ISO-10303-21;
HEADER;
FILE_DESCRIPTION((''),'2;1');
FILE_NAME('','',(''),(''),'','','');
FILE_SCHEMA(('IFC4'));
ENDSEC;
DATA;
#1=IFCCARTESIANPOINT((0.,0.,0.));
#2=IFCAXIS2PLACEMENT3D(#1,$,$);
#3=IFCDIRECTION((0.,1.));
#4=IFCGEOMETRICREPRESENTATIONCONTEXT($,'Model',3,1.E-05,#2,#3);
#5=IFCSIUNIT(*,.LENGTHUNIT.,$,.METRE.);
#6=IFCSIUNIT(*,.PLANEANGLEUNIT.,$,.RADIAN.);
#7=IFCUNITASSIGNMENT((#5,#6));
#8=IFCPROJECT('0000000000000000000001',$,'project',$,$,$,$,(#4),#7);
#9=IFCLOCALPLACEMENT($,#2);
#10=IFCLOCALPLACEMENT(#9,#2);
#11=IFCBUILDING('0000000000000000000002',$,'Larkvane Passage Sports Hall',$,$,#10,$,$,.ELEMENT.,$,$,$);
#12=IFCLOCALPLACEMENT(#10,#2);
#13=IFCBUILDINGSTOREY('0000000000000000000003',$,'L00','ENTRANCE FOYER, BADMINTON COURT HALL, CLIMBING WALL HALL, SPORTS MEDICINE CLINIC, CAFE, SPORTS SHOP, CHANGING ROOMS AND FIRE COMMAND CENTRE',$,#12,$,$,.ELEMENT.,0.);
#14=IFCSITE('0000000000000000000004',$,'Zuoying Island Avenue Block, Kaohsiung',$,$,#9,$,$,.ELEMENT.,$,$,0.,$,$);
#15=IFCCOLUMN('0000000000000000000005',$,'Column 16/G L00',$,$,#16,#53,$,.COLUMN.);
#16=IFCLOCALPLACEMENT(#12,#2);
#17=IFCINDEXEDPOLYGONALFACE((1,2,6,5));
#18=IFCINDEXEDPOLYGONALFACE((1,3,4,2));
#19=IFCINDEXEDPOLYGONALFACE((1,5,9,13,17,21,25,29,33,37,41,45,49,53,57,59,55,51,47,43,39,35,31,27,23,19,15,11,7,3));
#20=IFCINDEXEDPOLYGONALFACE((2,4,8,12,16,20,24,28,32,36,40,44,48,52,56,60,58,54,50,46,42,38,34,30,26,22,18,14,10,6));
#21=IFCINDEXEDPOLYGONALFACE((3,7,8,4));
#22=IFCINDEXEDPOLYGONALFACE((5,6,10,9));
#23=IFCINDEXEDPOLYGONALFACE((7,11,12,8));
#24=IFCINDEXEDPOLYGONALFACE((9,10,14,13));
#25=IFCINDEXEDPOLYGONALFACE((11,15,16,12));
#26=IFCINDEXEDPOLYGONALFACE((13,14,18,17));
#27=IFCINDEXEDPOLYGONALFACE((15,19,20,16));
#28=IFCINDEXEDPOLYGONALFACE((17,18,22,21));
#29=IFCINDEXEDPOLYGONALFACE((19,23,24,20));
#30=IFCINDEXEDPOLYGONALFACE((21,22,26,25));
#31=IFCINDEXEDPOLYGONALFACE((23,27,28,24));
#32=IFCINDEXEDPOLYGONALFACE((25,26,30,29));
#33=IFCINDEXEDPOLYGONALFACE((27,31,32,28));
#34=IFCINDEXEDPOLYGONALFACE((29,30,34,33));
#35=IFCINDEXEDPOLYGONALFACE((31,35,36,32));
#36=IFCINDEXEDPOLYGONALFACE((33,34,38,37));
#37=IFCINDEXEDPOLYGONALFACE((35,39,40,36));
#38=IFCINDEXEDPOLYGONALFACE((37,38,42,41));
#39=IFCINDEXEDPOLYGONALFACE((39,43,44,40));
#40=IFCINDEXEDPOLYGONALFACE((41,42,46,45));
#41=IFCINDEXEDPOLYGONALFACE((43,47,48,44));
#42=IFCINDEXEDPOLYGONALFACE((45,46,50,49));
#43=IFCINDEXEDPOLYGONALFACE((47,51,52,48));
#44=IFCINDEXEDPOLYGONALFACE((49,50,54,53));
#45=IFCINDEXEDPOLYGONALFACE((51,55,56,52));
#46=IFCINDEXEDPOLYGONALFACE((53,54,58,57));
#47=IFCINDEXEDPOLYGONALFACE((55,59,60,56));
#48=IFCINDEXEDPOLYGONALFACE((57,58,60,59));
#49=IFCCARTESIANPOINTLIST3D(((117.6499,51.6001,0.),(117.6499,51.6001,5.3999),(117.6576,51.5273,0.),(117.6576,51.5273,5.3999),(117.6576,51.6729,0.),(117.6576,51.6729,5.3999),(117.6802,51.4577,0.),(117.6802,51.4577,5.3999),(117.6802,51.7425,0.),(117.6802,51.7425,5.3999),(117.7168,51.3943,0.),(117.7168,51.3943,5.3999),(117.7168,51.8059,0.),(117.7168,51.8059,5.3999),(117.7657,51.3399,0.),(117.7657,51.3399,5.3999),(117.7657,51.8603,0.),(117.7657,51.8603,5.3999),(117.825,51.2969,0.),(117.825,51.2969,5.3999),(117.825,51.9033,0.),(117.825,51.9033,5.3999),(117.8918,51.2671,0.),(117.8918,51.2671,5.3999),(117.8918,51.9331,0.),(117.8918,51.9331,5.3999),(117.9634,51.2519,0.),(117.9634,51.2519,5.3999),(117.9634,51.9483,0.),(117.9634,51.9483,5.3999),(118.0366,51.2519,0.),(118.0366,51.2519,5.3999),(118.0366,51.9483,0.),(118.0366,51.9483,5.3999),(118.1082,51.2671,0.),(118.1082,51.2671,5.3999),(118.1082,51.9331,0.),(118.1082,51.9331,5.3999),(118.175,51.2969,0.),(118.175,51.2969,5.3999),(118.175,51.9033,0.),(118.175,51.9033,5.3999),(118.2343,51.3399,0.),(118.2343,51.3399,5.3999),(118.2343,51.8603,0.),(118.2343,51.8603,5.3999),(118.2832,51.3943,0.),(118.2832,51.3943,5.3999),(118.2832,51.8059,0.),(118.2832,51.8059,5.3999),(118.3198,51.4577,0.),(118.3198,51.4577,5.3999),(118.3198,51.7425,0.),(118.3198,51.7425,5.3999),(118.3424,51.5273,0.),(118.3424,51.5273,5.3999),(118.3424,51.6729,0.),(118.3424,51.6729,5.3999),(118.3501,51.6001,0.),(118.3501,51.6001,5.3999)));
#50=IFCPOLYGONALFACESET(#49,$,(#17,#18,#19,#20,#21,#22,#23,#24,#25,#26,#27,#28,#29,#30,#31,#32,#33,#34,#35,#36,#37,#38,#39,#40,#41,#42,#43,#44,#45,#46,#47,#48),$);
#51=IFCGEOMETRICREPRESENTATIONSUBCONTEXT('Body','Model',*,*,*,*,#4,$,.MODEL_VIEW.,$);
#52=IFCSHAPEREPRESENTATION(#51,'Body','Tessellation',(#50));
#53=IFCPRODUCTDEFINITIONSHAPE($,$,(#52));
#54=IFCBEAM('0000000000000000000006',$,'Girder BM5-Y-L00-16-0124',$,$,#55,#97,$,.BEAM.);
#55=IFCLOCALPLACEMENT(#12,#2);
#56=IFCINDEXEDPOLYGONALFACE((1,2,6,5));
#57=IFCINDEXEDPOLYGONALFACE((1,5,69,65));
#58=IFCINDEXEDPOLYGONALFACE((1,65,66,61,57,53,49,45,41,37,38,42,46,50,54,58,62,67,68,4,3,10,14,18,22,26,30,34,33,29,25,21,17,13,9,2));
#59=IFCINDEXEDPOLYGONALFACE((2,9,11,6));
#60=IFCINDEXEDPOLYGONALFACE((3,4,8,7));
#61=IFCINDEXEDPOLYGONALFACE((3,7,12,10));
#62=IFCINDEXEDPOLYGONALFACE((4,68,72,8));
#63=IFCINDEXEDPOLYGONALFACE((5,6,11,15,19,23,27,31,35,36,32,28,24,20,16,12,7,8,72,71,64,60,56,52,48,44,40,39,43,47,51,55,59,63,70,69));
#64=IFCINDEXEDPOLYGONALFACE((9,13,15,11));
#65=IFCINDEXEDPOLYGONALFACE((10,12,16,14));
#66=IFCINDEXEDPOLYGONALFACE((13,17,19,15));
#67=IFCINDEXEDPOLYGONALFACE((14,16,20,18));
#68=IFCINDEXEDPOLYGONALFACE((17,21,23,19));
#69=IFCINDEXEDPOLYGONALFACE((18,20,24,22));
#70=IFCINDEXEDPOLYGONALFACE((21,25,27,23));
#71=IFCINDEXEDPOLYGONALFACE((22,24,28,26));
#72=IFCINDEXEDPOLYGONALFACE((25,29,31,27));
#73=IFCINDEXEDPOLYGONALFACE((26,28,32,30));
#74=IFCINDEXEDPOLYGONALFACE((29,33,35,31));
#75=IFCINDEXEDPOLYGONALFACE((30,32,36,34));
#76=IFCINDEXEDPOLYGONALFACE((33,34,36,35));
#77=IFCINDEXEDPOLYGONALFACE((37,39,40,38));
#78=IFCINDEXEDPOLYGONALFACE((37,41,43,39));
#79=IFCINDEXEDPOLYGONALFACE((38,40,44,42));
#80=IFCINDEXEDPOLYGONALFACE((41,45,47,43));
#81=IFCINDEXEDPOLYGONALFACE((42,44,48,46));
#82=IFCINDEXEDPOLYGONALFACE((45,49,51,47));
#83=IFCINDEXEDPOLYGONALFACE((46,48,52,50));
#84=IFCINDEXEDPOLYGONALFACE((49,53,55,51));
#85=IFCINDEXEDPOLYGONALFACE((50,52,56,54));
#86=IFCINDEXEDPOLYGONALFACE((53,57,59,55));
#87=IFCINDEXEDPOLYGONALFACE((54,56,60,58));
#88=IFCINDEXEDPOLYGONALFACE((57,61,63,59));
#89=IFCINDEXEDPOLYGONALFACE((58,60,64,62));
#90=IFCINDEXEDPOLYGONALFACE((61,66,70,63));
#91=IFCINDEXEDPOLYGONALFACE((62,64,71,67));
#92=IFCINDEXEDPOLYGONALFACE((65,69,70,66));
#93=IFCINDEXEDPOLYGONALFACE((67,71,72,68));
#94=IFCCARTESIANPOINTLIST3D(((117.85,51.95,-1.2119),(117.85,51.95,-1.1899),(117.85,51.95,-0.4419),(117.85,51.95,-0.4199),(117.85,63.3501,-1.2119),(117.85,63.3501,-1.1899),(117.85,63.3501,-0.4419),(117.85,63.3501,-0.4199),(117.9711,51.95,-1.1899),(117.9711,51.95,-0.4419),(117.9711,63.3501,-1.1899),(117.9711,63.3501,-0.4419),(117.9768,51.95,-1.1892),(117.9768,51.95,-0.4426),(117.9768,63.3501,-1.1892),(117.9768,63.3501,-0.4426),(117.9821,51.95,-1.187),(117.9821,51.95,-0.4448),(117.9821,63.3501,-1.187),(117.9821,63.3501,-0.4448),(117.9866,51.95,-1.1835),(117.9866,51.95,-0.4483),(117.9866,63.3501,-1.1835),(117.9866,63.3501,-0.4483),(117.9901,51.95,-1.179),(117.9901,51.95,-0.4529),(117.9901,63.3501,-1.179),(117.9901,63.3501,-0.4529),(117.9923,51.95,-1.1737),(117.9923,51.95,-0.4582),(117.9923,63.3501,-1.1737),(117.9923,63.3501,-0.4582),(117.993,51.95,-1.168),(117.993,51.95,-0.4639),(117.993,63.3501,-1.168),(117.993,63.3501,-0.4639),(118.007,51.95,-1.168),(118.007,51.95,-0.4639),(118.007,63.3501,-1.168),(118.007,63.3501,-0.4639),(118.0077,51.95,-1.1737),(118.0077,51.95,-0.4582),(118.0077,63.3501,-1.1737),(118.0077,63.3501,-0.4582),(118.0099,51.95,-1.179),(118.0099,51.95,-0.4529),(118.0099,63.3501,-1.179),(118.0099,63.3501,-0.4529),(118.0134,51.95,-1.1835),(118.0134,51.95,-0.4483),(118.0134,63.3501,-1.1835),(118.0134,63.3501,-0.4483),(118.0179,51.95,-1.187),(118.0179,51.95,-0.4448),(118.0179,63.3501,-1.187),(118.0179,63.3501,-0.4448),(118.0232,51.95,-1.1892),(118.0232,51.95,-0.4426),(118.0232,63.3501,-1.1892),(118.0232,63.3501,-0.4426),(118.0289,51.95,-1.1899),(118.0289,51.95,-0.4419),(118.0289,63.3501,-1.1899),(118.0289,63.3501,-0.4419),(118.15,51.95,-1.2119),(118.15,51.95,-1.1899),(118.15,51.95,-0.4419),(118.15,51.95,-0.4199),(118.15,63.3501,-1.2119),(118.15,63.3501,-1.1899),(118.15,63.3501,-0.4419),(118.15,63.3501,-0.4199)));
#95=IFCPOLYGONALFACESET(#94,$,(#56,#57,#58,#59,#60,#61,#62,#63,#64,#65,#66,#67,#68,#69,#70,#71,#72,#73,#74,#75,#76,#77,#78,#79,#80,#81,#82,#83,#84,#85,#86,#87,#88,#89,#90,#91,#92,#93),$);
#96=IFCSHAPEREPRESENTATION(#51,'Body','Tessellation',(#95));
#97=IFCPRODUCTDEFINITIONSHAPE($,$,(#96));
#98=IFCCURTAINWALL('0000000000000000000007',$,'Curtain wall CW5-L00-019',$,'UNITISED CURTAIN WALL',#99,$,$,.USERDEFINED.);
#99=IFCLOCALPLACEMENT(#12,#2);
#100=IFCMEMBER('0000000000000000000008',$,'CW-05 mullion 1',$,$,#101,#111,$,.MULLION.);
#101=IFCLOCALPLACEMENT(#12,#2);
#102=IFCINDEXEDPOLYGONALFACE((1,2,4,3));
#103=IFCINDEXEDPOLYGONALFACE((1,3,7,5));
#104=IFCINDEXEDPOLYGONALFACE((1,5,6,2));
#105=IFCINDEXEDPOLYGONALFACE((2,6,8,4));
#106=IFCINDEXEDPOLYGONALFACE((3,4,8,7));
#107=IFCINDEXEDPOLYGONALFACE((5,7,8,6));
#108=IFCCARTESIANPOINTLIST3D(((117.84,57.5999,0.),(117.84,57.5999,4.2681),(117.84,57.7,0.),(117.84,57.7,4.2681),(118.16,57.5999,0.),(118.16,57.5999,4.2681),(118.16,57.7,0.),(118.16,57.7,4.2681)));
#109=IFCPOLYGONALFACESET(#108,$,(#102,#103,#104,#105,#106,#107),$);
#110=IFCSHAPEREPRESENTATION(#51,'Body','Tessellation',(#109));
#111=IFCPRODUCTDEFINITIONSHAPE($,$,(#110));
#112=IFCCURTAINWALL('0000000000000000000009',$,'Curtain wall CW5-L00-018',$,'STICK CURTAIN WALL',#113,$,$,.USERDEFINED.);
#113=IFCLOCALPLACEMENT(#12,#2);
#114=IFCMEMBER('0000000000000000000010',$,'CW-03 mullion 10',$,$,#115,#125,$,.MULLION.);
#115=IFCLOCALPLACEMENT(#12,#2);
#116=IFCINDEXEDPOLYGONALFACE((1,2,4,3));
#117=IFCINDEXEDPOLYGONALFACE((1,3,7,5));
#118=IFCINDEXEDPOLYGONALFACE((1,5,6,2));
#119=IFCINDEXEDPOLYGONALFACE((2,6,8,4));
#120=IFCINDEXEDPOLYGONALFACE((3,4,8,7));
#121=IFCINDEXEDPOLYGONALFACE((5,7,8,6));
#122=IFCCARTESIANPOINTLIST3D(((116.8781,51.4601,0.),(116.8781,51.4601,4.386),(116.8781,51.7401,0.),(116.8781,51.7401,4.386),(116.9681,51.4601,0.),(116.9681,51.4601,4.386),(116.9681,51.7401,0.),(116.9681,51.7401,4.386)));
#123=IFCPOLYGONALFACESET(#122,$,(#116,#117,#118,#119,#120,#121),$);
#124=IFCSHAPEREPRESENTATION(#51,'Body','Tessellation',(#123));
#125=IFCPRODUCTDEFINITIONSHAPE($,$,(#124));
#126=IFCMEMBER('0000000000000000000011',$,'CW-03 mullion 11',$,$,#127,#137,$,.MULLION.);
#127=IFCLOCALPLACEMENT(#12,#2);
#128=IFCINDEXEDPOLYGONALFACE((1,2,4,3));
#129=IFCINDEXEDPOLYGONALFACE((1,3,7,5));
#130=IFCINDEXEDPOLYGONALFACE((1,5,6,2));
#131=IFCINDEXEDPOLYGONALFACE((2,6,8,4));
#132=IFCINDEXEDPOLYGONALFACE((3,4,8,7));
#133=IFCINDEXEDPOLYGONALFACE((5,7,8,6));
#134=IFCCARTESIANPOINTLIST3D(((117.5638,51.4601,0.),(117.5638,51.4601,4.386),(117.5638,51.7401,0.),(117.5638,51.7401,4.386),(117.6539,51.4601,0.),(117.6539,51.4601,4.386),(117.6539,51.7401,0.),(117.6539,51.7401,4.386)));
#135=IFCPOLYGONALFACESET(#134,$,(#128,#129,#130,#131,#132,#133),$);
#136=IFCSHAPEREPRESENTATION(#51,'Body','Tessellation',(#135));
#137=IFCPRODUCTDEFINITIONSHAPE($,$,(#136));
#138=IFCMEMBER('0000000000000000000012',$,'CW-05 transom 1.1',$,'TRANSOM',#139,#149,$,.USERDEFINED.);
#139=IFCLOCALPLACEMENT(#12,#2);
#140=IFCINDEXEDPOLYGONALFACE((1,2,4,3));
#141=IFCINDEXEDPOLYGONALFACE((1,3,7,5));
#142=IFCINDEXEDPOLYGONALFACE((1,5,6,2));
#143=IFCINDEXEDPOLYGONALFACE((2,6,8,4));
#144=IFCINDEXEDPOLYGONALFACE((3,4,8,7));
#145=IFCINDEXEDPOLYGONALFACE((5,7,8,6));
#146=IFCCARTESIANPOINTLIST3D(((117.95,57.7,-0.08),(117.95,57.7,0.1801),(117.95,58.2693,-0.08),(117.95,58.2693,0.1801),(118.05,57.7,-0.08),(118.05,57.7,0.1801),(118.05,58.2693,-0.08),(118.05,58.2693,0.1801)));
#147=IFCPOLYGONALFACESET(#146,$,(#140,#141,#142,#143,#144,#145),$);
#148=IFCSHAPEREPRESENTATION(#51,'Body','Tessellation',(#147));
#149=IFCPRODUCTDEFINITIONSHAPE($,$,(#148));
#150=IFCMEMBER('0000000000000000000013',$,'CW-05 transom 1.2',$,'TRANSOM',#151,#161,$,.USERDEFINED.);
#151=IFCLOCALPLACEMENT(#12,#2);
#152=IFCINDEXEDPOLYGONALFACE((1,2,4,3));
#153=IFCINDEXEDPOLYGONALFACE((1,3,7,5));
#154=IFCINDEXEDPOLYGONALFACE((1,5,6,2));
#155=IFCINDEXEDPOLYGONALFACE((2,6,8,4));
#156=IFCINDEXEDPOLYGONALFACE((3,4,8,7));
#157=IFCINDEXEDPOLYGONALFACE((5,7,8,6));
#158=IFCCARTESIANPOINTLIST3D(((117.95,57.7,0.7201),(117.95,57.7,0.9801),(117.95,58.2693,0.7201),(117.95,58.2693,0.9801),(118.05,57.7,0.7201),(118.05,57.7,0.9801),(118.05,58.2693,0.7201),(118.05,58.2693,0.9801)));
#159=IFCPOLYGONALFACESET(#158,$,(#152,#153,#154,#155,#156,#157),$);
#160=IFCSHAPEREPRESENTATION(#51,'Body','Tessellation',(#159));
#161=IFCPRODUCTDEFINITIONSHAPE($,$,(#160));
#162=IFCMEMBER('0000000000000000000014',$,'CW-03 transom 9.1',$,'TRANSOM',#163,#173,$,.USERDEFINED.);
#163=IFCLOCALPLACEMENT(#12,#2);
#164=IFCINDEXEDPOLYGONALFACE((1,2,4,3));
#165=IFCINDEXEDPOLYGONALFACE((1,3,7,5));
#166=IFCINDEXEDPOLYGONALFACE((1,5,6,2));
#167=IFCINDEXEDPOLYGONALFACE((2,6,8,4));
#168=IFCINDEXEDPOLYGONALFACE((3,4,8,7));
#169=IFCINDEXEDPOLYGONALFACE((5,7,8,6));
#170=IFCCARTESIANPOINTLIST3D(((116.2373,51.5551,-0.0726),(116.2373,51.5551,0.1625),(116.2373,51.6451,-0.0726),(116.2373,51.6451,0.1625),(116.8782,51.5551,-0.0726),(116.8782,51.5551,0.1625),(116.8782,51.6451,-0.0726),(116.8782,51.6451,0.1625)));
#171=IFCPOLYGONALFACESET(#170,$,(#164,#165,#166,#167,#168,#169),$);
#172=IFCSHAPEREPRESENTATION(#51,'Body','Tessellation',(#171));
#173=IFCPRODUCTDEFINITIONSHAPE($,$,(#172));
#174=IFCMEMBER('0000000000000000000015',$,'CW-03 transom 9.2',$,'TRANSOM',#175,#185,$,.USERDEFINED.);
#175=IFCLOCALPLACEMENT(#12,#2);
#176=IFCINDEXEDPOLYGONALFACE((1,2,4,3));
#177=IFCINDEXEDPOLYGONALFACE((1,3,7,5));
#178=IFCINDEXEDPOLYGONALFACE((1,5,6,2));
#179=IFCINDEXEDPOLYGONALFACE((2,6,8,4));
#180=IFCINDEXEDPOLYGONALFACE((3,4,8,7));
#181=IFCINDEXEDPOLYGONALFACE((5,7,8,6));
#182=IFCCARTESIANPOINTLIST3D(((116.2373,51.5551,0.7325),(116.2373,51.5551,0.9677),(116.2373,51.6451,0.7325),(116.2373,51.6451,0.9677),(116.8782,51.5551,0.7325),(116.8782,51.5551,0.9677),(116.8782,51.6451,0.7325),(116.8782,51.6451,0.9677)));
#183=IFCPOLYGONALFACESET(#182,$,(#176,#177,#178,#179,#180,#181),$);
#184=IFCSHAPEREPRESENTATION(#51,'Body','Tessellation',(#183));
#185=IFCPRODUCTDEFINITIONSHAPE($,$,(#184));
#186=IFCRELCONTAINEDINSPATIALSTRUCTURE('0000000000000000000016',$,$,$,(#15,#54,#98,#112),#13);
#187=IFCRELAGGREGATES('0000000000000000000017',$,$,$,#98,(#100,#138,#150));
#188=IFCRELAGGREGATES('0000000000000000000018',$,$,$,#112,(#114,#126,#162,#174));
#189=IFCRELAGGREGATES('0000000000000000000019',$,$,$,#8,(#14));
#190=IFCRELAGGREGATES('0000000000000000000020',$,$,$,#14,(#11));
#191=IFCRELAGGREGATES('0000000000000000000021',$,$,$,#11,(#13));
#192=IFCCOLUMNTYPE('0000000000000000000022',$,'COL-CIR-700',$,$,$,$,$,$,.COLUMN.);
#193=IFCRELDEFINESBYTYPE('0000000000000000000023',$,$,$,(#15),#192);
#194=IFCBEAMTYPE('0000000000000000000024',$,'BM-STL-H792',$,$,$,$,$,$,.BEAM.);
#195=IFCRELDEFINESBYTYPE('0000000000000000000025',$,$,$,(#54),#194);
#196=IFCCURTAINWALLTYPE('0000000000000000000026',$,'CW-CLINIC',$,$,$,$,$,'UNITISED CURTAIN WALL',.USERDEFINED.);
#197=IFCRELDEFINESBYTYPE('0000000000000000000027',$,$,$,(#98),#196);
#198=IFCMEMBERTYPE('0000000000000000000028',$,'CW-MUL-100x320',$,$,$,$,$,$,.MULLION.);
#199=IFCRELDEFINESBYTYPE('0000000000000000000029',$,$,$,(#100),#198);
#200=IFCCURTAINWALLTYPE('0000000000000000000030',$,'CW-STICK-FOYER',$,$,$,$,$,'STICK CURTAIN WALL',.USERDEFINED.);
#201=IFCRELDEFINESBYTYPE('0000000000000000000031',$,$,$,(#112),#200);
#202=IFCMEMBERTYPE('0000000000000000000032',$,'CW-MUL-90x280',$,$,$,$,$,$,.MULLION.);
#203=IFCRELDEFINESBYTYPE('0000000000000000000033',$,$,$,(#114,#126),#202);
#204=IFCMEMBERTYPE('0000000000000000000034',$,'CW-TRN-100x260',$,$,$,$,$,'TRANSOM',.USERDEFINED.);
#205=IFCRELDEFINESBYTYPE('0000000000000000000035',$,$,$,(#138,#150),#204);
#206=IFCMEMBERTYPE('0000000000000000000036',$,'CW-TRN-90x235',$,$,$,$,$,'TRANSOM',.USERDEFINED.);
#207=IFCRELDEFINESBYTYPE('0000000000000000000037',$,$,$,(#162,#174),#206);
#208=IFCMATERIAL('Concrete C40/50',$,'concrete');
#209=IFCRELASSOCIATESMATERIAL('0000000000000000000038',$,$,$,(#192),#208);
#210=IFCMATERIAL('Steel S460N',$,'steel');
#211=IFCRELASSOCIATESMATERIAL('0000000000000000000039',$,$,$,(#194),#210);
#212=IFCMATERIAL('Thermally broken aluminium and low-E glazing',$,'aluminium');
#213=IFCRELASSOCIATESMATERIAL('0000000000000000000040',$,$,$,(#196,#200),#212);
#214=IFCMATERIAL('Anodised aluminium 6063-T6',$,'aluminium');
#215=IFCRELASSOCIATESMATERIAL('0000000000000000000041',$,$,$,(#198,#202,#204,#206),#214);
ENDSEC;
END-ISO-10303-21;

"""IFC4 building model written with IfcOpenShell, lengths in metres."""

from ifc_helpers import new_model, si_unit, direction, frame, origin, origin_2d, place, context, subcontext, project, spatial, rectangle, circle, i_section, extrude, material, material_profile, profile_set, type_object, element, aggregate, save


model = new_model("IFC4")

# Units and contexts
model_context = context("Model", 3, precision=1e-05, world=origin(), true_north=direction((0.0, 1.0)))
body_context = subcontext(model_context, "Body", "Model", "MODEL_VIEW")
ifc_project = project(units=[si_unit("LENGTHUNIT", "METRE"), si_unit("PLANEANGLEUNIT", "RADIAN")], contexts=[model_context])

# Site, building, storey
site_placement = place(None, origin())
site = spatial("IfcSite", under=ifc_project, at=site_placement, Name="Zuoying Island Avenue Block, Kaohsiung", CompositionType="ELEMENT", RefElevation=0.0)
building_placement = place(site_placement, origin())
building = spatial("IfcBuilding", under=site, at=building_placement, Name="Larkvane Passage Sports Hall", CompositionType="ELEMENT")
storey_placement = place(building_placement, origin())
storey = spatial("IfcBuildingStorey", under=building, at=storey_placement, Name="L00", Description="ENTRANCE FOYER, BADMINTON COURT HALL, CLIMBING WALL HALL, SPORTS MEDICINE CLINIC, CAFE, SPORTS SHOP, CHANGING ROOMS AND FIRE COMMAND CENTRE", CompositionType="ELEMENT", Elevation=0.0)

# Column
ifc_material_1 = material(Name="Concrete C40/50", Category="concrete")
ifc_material_profile_1 = material_profile(ifc_material_1, circle(Radius=0.3501, at=origin_2d()), Name="RC-CIR-700")
ifc_profile_set_1 = profile_set([ifc_material_profile_1], Name="Concrete C40/50")
column_type = type_object("IfcColumnType", Name="COL-CIR-700", PredefinedType="COLUMN", material=ifc_profile_set_1)
column_placement = place(storey_placement, frame((118.0, 51.6001, 0.0), z_axis=(0.0, 0.0, 1.0), x_axis=(1.0, 0.0, 0.0)))
element("IfcColumn", 1, at=column_placement, inside=storey, type_object=column_type, Name="Column 16/G L00", PredefinedType="COLUMN", context=body_context, shape_type="SweptSolid", body=[
    extrude(circle(Radius=0.3501, at=origin_2d()), origin(), (0.0, 0.0, 1.0), 5.3999),
])

# Beam
ifc_material_2 = material(Name="Steel S460N", Category="steel")
ifc_material_profile_2 = material_profile(ifc_material_2, i_section(OverallWidth=0.3, OverallDepth=0.792, WebThickness=0.0139, FlangeThickness=0.022, FilletRadius=0.022, at=origin_2d()), Name="H-792x300x14x22")
ifc_profile_set_2 = profile_set([ifc_material_profile_2], Name="Steel S460N")
beam_type = type_object("IfcBeamType", Name="BM-STL-H792", PredefinedType="BEAM", material=ifc_profile_set_2)
beam_placement = place(storey_placement, frame((118.0, 51.95, -0.8159), z_axis=(0.0, 1.0, 0.0), x_axis=(-1.0, 0.0, 0.0)))
element("IfcBeam", 2, at=beam_placement, inside=storey, type_object=beam_type, Name="Girder BM5-Y-L00-16-0124", PredefinedType="BEAM", context=body_context, shape_type="SweptSolid", body=[
    extrude(i_section(OverallWidth=0.3, OverallDepth=0.792, WebThickness=0.0139, FlangeThickness=0.022, FilletRadius=0.022, at=origin_2d()), origin(), (0.0, 0.0, 1.0), 11.4001),
])

# Curtain wall, member
ifc_material_3 = material(Name="Thermally broken aluminium and low-E glazing", Category="aluminium")
curtain_wall_type_1 = type_object("IfcCurtainWallType", Name="CW-CLINIC", ElementType="UNITISED CURTAIN WALL", PredefinedType="USERDEFINED", material=ifc_material_3)
curtain_wall_1_placement = place(storey_placement, origin())
curtain_wall_1 = element("IfcCurtainWall", 3, at=curtain_wall_1_placement, inside=storey, type_object=curtain_wall_type_1, Name="Curtain wall CW5-L00-019", ObjectType="UNITISED CURTAIN WALL", PredefinedType="USERDEFINED")
ifc_material_4 = material(Name="Anodised aluminium 6063-T6", Category="aluminium")
ifc_material_profile_3 = material_profile(ifc_material_4, rectangle(XDim=0.1001, YDim=0.3201, at=origin_2d()), Name="ALU-MUL-100x320")
ifc_profile_set_3 = profile_set([ifc_material_profile_3], Name="Anodised aluminium 6063-T6")
member_type_1 = type_object("IfcMemberType", Name="CW-MUL-100x320", PredefinedType="MULLION", material=ifc_profile_set_3)
member_1_placement = place(storey_placement, frame((118.0, 57.6499, 0.0), z_axis=(0.0, 0.0, 1.0), x_axis=(0.0, 1.0, 0.0)))
member_1 = element("IfcMember", 4, at=member_1_placement, type_object=member_type_1, Name="CW-05 mullion 1", PredefinedType="MULLION", context=body_context, shape_type="SweptSolid", body=[
    extrude(rectangle(XDim=0.1001, YDim=0.3201, at=origin_2d()), origin(), (0.0, 0.0, 1.0), 4.2681),
])

# Curtain wall, members
curtain_wall_type_2 = type_object("IfcCurtainWallType", Name="CW-STICK-FOYER", ElementType="STICK CURTAIN WALL", PredefinedType="USERDEFINED", material=ifc_material_3)
curtain_wall_2_placement = place(storey_placement, origin())
curtain_wall_2 = element("IfcCurtainWall", 5, at=curtain_wall_2_placement, inside=storey, type_object=curtain_wall_type_2, Name="Curtain wall CW5-L00-018", ObjectType="STICK CURTAIN WALL", PredefinedType="USERDEFINED")
ifc_material_profile_4 = material_profile(ifc_material_4, rectangle(XDim=0.0901, YDim=0.28, at=origin_2d()), Name="ALU-MUL-90x280")
ifc_profile_set_4 = profile_set([ifc_material_profile_4], Name="Anodised aluminium 6063-T6")
member_type_2 = type_object("IfcMemberType", Name="CW-MUL-90x280", PredefinedType="MULLION", material=ifc_profile_set_4)
member_2_placement = place(storey_placement, frame((116.9231, 51.6001, 0.0), z_axis=(0.0, 0.0, 1.0), x_axis=(1.0, 0.0, 0.0)))
member_2 = element("IfcMember", 6, at=member_2_placement, type_object=member_type_2, Name="CW-03 mullion 10", PredefinedType="MULLION", context=body_context, shape_type="SweptSolid", body=[
    extrude(rectangle(XDim=0.0901, YDim=0.28, at=origin_2d()), origin(), (0.0, 0.0, 1.0), 4.386),
])
member_3_placement = place(storey_placement, frame((117.6089, 51.6001, 0.0), z_axis=(0.0, 0.0, 1.0), x_axis=(1.0, 0.0, 0.0)))
member_3 = element("IfcMember", 7, at=member_3_placement, type_object=member_type_2, Name="CW-03 mullion 11", PredefinedType="MULLION", context=body_context, shape_type="SweptSolid", body=[
    extrude(rectangle(XDim=0.0901, YDim=0.28, at=origin_2d()), origin(), (0.0, 0.0, 1.0), 4.386),
])

# Members
ifc_material_profile_5 = material_profile(ifc_material_4, rectangle(XDim=0.1001, YDim=0.26, at=origin_2d()), Name="ALU-TRN-100x260")
ifc_profile_set_5 = profile_set([ifc_material_profile_5], Name="Anodised aluminium 6063-T6")
member_type_3 = type_object("IfcMemberType", Name="CW-TRN-100x260", ElementType="TRANSOM", PredefinedType="USERDEFINED", material=ifc_profile_set_5)
member_4_placement = place(storey_placement, frame((118.0, 57.7, 0.05), z_axis=(0.0, 1.0, 0.0), x_axis=(-1.0, 0.0, 0.0)))
member_4 = element("IfcMember", 8, at=member_4_placement, type_object=member_type_3, Name="CW-05 transom 1.1", ObjectType="TRANSOM", PredefinedType="USERDEFINED", context=body_context, shape_type="SweptSolid", body=[
    extrude(rectangle(XDim=0.1001, YDim=0.26, at=origin_2d()), origin(), (0.0, 0.0, 1.0), 0.5693),
])
member_5_placement = place(storey_placement, frame((118.0, 57.7, 0.8501), z_axis=(0.0, 1.0, 0.0), x_axis=(-1.0, 0.0, 0.0)))
member_5 = element("IfcMember", 9, at=member_5_placement, type_object=member_type_3, Name="CW-05 transom 1.2", ObjectType="TRANSOM", PredefinedType="USERDEFINED", context=body_context, shape_type="SweptSolid", body=[
    extrude(rectangle(XDim=0.1001, YDim=0.26, at=origin_2d()), origin(), (0.0, 0.0, 1.0), 0.5693),
])
aggregate(curtain_wall_1, [member_1, member_4, member_5])
ifc_material_profile_6 = material_profile(ifc_material_4, rectangle(XDim=0.0901, YDim=0.2351, at=origin_2d()), Name="ALU-TRN-90x235")
ifc_profile_set_6 = profile_set([ifc_material_profile_6], Name="Anodised aluminium 6063-T6")
member_type_4 = type_object("IfcMemberType", Name="CW-TRN-90x235", ElementType="TRANSOM", PredefinedType="USERDEFINED", material=ifc_profile_set_6)
member_6_placement = place(storey_placement, frame((116.2373, 51.6001, 0.0449), z_axis=(1.0, 0.0, 0.0), x_axis=(0.0, 1.0, 0.0)))
member_6 = element("IfcMember", 10, at=member_6_placement, type_object=member_type_4, Name="CW-03 transom 9.1", ObjectType="TRANSOM", PredefinedType="USERDEFINED", context=body_context, shape_type="SweptSolid", body=[
    extrude(rectangle(XDim=0.0901, YDim=0.2351, at=origin_2d()), origin(), (0.0, 0.0, 1.0), 0.6409),
])
member_7_placement = place(storey_placement, frame((116.2373, 51.6001, 0.8501), z_axis=(1.0, 0.0, 0.0), x_axis=(0.0, 1.0, 0.0)))
member_7 = element("IfcMember", 11, at=member_7_placement, type_object=member_type_4, Name="CW-03 transom 9.2", ObjectType="TRANSOM", PredefinedType="USERDEFINED", context=body_context, shape_type="SweptSolid", body=[
    extrude(rectangle(XDim=0.0901, YDim=0.2351, at=origin_2d()), origin(), (0.0, 0.0, 1.0), 0.6409),
])

aggregate(curtain_wall_2, [member_2, member_3, member_6, member_7])

save(model, "model.ifc")
